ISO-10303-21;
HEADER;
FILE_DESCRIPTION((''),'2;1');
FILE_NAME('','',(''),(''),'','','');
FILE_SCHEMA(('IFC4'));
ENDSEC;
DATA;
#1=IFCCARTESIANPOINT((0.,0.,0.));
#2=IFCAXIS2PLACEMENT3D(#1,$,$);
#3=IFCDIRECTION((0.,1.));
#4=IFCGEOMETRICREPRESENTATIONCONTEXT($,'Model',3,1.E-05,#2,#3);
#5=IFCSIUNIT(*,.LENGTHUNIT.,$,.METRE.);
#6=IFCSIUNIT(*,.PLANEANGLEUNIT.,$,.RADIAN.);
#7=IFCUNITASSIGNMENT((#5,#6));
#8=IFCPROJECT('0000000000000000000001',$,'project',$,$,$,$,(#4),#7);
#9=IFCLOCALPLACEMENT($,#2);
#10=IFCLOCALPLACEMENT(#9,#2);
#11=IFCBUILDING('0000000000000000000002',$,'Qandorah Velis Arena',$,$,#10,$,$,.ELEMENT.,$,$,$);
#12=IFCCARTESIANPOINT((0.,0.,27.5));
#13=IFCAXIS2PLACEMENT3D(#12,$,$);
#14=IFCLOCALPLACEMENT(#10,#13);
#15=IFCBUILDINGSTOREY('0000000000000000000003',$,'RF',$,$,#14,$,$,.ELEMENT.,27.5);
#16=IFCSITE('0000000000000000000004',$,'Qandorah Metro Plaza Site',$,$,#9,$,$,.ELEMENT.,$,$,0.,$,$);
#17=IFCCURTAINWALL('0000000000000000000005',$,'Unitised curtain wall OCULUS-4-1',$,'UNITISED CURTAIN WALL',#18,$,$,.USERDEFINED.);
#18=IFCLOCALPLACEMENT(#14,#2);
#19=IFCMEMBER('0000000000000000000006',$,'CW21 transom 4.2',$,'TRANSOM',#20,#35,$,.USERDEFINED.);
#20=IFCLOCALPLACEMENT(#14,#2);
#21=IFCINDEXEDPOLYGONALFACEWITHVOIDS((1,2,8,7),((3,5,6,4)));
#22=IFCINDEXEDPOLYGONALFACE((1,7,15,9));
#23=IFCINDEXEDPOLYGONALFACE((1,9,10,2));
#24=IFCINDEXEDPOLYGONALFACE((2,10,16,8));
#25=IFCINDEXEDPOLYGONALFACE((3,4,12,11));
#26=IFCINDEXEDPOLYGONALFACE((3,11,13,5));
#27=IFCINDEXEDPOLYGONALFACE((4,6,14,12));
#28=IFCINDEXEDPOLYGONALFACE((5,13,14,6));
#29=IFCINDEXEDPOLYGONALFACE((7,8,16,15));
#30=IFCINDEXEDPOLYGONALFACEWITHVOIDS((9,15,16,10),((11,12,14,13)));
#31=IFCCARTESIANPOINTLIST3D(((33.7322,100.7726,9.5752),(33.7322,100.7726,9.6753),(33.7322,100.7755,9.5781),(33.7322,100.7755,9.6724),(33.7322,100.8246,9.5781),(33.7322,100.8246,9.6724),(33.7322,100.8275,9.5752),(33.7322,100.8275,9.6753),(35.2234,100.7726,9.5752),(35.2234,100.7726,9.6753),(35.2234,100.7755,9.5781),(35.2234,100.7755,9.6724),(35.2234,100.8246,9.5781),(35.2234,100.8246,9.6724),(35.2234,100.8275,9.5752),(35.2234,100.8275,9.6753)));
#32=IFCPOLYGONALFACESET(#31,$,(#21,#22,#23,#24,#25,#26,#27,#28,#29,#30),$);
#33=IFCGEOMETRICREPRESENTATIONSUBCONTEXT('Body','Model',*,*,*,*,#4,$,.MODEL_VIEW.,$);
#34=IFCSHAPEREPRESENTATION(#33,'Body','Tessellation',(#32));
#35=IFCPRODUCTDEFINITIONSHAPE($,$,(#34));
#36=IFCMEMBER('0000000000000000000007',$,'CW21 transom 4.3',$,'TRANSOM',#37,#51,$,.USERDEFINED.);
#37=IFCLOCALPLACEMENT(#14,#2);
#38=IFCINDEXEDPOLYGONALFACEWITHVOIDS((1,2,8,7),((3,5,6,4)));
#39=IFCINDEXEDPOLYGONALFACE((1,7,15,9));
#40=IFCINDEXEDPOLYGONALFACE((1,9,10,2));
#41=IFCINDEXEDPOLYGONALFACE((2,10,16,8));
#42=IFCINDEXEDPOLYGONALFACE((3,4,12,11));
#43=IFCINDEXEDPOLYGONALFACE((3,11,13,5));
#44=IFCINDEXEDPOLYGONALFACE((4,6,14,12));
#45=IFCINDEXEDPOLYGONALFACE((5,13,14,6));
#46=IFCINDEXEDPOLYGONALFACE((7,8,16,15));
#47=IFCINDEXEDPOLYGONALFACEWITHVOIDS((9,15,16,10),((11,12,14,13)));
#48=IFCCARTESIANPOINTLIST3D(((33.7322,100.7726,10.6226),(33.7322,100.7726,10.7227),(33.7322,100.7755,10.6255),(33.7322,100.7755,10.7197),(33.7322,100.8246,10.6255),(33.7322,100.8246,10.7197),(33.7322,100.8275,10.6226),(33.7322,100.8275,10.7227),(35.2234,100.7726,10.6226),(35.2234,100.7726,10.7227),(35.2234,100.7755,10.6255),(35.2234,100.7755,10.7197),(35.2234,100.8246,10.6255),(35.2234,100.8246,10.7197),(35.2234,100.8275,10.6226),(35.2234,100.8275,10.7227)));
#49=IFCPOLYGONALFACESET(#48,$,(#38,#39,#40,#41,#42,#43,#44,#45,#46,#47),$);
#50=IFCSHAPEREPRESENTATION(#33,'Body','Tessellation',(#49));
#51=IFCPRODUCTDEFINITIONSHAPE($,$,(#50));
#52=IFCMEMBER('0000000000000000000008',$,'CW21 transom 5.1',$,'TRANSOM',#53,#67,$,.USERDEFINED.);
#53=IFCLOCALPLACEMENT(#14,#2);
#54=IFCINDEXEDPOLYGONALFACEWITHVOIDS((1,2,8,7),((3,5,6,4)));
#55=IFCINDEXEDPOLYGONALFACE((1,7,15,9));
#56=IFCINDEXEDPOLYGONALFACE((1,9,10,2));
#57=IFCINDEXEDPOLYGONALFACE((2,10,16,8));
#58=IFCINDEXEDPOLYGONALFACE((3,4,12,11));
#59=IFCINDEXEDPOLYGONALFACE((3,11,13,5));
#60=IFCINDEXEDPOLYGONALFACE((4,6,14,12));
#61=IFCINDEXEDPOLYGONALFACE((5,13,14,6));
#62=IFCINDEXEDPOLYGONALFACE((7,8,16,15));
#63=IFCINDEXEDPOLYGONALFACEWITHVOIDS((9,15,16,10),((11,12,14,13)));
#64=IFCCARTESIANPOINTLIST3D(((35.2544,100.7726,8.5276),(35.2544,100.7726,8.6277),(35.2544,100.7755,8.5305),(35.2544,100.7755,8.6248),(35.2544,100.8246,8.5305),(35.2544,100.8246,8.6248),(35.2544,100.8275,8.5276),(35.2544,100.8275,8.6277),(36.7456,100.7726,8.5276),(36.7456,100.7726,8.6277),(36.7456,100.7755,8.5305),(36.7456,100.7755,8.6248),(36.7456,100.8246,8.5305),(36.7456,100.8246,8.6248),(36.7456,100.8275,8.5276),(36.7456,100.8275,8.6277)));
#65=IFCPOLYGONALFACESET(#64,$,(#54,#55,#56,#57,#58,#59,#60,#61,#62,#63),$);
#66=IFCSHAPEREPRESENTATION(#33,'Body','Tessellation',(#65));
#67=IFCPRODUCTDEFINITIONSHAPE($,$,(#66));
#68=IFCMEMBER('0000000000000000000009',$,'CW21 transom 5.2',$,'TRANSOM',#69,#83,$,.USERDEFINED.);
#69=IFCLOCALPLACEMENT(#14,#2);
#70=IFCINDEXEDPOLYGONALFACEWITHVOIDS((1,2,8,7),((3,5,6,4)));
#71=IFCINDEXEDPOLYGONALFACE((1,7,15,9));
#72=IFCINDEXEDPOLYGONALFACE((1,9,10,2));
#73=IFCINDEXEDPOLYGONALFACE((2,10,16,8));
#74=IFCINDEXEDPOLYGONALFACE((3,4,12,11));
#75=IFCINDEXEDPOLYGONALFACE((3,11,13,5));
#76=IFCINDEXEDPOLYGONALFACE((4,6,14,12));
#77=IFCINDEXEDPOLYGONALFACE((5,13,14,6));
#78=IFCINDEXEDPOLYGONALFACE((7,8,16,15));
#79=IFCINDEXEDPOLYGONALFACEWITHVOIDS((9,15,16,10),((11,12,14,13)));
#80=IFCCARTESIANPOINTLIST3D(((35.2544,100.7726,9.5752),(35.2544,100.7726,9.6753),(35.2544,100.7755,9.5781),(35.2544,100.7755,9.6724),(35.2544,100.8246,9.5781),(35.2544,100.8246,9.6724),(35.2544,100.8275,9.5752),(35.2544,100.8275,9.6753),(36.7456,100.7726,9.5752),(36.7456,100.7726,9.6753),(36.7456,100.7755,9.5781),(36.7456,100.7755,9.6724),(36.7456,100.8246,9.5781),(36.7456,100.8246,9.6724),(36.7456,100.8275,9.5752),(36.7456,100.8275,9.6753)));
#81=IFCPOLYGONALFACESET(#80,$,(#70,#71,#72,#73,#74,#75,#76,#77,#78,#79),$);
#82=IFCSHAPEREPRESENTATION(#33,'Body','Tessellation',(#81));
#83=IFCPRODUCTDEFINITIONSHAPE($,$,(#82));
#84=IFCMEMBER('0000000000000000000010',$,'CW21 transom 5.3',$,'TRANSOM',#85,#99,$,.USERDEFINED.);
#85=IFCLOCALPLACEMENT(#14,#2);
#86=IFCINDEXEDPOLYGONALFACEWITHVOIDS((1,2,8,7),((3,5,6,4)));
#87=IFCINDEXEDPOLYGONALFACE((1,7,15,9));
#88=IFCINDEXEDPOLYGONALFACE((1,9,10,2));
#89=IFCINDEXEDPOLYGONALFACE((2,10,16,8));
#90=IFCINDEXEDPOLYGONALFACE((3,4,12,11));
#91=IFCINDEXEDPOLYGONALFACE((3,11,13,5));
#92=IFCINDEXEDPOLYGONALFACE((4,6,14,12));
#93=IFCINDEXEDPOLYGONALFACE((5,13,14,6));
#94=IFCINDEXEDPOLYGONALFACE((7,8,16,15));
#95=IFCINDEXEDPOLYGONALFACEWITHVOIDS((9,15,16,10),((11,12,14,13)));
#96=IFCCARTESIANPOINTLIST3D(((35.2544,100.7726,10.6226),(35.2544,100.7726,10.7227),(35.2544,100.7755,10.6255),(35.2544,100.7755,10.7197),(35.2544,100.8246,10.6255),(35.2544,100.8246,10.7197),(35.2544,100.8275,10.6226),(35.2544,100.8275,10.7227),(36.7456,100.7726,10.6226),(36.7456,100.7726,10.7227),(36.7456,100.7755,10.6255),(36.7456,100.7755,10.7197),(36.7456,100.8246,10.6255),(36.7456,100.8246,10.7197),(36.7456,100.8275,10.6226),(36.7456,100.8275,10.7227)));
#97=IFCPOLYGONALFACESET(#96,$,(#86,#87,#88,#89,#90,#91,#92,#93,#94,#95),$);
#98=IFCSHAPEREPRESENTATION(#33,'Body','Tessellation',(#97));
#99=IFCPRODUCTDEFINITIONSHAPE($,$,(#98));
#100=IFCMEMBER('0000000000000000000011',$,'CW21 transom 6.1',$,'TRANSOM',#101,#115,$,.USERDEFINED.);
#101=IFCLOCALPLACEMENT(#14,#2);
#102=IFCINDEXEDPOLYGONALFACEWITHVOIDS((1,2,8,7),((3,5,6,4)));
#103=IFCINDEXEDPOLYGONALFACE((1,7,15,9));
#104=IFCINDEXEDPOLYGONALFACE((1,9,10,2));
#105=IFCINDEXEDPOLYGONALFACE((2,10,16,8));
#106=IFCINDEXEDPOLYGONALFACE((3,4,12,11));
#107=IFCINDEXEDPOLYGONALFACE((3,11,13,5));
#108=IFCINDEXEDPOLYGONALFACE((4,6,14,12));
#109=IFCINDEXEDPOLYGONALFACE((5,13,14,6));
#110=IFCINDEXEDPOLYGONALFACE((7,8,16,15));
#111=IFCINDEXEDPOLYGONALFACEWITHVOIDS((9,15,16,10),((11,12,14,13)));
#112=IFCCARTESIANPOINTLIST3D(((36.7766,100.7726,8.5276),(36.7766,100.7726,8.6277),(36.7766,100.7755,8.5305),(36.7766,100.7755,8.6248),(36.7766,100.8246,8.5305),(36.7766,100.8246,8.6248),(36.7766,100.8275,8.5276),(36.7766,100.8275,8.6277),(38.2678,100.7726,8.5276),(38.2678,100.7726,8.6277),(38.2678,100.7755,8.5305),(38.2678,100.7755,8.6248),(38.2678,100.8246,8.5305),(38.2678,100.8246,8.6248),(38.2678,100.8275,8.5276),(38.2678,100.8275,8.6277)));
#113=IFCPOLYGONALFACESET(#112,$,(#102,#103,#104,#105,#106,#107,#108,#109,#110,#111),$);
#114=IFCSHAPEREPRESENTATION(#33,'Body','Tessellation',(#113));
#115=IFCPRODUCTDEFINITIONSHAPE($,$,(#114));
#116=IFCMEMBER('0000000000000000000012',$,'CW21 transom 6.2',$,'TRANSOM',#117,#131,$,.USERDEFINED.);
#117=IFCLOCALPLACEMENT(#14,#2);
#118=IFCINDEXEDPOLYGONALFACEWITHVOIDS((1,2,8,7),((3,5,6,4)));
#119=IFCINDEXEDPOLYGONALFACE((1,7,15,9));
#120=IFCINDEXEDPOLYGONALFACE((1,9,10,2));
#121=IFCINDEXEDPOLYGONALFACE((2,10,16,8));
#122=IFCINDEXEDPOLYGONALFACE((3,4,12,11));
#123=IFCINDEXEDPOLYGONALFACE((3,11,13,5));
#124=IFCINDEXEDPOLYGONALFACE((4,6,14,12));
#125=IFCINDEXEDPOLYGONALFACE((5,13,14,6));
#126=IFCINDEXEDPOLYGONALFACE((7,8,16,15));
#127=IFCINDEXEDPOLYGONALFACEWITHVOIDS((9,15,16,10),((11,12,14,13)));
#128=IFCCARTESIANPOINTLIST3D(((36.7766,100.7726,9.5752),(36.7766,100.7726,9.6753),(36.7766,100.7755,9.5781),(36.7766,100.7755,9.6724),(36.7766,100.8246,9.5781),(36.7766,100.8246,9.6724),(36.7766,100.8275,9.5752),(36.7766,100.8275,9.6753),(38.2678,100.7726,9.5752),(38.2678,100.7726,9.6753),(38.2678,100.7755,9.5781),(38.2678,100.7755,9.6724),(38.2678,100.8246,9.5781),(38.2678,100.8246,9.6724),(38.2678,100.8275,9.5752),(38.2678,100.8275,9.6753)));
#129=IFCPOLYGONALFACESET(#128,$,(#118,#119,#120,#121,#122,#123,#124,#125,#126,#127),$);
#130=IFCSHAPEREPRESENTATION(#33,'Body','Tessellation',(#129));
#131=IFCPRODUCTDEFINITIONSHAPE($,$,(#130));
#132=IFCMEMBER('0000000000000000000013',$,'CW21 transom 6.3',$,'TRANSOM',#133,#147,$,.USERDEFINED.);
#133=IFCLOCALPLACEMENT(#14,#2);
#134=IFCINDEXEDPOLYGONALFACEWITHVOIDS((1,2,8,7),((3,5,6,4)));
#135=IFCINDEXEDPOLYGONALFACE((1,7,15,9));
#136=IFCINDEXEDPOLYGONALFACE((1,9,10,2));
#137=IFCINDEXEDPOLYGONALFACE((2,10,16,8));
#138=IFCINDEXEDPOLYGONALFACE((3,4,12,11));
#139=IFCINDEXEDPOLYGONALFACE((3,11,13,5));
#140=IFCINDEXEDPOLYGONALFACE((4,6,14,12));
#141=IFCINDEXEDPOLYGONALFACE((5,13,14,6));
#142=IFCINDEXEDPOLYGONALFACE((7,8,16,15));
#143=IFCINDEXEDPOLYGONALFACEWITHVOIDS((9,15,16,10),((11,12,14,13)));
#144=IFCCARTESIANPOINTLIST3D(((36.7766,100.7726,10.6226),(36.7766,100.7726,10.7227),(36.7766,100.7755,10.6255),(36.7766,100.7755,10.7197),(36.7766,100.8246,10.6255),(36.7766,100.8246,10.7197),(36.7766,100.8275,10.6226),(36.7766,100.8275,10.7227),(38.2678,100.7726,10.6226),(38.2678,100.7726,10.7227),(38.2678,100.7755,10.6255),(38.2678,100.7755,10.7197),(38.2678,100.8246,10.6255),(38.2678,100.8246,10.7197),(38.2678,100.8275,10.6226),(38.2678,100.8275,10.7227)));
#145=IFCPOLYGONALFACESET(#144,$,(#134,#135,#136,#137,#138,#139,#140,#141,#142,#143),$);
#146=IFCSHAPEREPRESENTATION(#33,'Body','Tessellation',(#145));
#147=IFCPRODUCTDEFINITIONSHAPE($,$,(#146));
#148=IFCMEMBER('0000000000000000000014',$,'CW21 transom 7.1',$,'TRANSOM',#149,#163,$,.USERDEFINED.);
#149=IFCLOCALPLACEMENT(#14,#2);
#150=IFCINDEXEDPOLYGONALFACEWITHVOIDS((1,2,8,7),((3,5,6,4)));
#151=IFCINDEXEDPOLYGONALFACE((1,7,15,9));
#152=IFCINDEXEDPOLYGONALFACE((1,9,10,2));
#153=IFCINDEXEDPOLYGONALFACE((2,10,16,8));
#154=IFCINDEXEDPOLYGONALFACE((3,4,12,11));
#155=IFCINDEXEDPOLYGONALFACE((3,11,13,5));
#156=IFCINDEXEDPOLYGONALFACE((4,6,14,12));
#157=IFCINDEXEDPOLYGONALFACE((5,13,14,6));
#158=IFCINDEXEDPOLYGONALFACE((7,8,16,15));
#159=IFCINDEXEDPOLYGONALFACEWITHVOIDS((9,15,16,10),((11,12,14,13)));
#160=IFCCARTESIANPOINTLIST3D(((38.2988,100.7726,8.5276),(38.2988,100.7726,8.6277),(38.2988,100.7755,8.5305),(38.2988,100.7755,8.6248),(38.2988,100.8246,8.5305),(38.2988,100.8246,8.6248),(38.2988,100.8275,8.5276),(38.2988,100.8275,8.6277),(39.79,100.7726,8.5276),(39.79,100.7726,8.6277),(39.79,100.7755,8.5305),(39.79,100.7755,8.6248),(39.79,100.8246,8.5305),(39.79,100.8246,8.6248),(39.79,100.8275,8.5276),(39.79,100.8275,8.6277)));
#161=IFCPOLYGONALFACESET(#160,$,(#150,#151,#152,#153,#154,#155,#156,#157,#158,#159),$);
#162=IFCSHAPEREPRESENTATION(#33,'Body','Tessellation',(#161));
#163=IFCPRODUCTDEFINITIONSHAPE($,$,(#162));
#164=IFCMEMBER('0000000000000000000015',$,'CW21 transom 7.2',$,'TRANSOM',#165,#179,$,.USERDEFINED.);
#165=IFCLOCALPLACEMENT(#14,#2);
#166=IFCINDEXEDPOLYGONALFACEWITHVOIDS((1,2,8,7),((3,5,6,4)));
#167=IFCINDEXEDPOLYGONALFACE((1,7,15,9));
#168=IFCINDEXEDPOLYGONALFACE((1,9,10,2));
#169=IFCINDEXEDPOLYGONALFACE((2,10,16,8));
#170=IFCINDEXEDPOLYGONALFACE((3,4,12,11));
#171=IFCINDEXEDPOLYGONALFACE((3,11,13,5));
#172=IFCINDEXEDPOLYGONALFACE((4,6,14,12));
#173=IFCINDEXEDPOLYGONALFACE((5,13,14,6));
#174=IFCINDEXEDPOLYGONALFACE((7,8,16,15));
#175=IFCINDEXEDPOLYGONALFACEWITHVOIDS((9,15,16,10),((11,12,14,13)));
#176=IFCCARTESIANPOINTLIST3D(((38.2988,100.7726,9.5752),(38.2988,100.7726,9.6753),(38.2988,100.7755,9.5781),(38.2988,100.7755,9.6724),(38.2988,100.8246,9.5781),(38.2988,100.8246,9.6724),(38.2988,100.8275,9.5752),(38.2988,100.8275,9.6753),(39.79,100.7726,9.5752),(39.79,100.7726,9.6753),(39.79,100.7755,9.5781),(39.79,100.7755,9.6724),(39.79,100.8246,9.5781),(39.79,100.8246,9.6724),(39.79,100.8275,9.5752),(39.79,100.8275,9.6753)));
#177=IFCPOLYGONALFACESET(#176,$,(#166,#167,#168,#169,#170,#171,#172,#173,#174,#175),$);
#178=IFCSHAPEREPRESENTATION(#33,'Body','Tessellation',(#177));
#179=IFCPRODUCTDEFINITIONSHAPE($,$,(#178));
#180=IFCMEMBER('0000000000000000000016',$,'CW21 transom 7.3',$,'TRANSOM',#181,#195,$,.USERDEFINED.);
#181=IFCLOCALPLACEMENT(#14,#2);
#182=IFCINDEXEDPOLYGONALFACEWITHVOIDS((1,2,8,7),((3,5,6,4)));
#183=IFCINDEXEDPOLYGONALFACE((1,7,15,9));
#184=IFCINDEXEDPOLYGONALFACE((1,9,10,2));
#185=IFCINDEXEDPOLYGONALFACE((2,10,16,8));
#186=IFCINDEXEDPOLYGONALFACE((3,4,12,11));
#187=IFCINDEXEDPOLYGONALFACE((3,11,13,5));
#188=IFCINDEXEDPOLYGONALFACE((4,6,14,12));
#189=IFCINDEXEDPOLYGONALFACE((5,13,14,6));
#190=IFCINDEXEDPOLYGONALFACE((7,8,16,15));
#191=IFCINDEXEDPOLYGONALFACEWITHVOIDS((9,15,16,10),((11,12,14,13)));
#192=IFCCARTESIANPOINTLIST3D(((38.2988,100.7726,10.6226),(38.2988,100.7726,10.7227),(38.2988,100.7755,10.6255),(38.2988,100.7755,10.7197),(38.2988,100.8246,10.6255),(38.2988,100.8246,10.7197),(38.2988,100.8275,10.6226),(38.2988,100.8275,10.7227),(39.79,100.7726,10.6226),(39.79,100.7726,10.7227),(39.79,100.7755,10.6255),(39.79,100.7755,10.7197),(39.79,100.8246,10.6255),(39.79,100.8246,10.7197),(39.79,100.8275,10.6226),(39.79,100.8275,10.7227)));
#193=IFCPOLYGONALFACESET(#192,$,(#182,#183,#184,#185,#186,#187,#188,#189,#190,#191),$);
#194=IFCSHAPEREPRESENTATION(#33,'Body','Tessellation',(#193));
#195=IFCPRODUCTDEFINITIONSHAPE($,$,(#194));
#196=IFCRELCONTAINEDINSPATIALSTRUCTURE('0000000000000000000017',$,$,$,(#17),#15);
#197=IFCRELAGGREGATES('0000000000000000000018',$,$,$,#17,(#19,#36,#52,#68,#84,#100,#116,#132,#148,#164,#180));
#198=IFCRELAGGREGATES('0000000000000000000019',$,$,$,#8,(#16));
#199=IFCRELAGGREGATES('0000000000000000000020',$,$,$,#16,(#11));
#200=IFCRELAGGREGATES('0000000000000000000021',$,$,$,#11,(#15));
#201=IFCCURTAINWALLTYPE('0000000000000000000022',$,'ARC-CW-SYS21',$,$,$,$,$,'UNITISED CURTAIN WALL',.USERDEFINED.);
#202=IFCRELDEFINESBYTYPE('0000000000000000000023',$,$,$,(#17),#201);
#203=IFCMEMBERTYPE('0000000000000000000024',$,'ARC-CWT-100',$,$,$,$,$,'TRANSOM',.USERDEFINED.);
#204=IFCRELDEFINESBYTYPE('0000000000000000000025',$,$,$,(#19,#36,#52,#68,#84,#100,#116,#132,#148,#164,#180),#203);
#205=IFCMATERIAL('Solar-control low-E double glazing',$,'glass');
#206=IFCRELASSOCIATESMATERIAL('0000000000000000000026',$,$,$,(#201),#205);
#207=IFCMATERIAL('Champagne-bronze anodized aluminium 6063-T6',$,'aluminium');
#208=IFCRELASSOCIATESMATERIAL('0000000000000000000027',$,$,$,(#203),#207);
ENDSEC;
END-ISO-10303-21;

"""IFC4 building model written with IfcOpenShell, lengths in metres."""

from ifc_helpers import new_model, si_unit, direction, frame, origin, origin_2d, place, context, subcontext, project, spatial, hollow_rectangle, extrude, material, material_profile, profile_set, type_object, element, aggregate, save


model = new_model("IFC4")

# Units and contexts
model_context = context("Model", 3, precision=1e-05, world=origin(), true_north=direction((0.0, 1.0)))
body_context = subcontext(model_context, "Body", "Model", "MODEL_VIEW")
ifc_project = project(units=[si_unit("LENGTHUNIT", "METRE"), si_unit("PLANEANGLEUNIT", "RADIAN")], contexts=[model_context])

# Site, building, storey
site_placement = place(None, origin())
site = spatial("IfcSite", under=ifc_project, at=site_placement, Name="Qandorah Metro Plaza Site", CompositionType="ELEMENT", RefElevation=0.0)
building_placement = place(site_placement, origin())
building = spatial("IfcBuilding", under=site, at=building_placement, Name="Qandorah Velis Arena", CompositionType="ELEMENT")
storey_placement = place(building_placement, frame((0.0, 0.0, 27.5)))
storey = spatial("IfcBuildingStorey", under=building, at=storey_placement, Name="RF", CompositionType="ELEMENT", Elevation=27.5)

# Curtain wall, members
ifc_material_1 = material(Name="Solar-control low-E double glazing", Category="glass")
curtain_wall_type = type_object("IfcCurtainWallType", Name="ARC-CW-SYS21", ElementType="UNITISED CURTAIN WALL", PredefinedType="USERDEFINED", material=ifc_material_1)
curtain_wall_placement = place(storey_placement, origin())
curtain_wall = element("IfcCurtainWall", 1, at=curtain_wall_placement, inside=storey, type_object=curtain_wall_type, Name="Unitised curtain wall OCULUS-4-1", ObjectType="UNITISED CURTAIN WALL", PredefinedType="USERDEFINED")
ifc_material_2 = material(Name="Champagne-bronze anodized aluminium 6063-T6", Category="aluminium")
ifc_material_profile_1 = material_profile(ifc_material_2, hollow_rectangle(XDim=0.0549, YDim=0.1001, WallThickness=0.0029, at=origin_2d()), Name="ALU TRANSOM 55x100")
ifc_profile_set_1 = profile_set([ifc_material_profile_1], Name="Champagne-bronze anodized aluminium 6063-T6")
member_type_1 = type_object("IfcMemberType", Name="ARC-CWT-100", ElementType="TRANSOM", PredefinedType="USERDEFINED", material=ifc_profile_set_1)
member_1_placement = place(storey_placement, frame((33.7322, 100.8, 9.6252), z_axis=(1.0, 0.0, 0.0), x_axis=(0.0, 1.0, 0.0)))
member_1 = element("IfcMember", 2, at=member_1_placement, type_object=member_type_1, Name="CW21 transom 4.2", ObjectType="TRANSOM", PredefinedType="USERDEFINED", context=body_context, shape_type="SweptSolid", body=[
    extrude(hollow_rectangle(XDim=0.0549, YDim=0.1001, WallThickness=0.0029, at=origin_2d()), origin(), (0.0, 0.0, 1.0), 1.4912),
])
member_2_placement = place(storey_placement, frame((33.7322, 100.8, 10.6726), z_axis=(1.0, 0.0, 0.0), x_axis=(0.0, 1.0, 0.0)))
member_2 = element("IfcMember", 3, at=member_2_placement, type_object=member_type_1, Name="CW21 transom 4.3", ObjectType="TRANSOM", PredefinedType="USERDEFINED", context=body_context, shape_type="SweptSolid", body=[
    extrude(hollow_rectangle(XDim=0.0549, YDim=0.1001, WallThickness=0.0029, at=origin_2d()), origin(), (0.0, 0.0, 1.0), 1.4912),
])
member_3_placement = place(storey_placement, frame((35.2544, 100.8, 8.5776), z_axis=(1.0, 0.0, 0.0), x_axis=(0.0, 1.0, 0.0)))
member_3 = element("IfcMember", 4, at=member_3_placement, type_object=member_type_1, Name="CW21 transom 5.1", ObjectType="TRANSOM", PredefinedType="USERDEFINED", context=body_context, shape_type="SweptSolid", body=[
    extrude(hollow_rectangle(XDim=0.0549, YDim=0.1001, WallThickness=0.0029, at=origin_2d()), origin(), (0.0, 0.0, 1.0), 1.4912),
])
member_4_placement = place(storey_placement, frame((35.2544, 100.8, 9.6252), z_axis=(1.0, 0.0, 0.0), x_axis=(0.0, 1.0, 0.0)))
member_4 = element("IfcMember", 5, at=member_4_placement, type_object=member_type_1, Name="CW21 transom 5.2", ObjectType="TRANSOM", PredefinedType="USERDEFINED", context=body_context, shape_type="SweptSolid", body=[
    extrude(hollow_rectangle(XDim=0.0549, YDim=0.1001, WallThickness=0.0029, at=origin_2d()), origin(), (0.0, 0.0, 1.0), 1.4912),
])
member_5_placement = place(storey_placement, frame((35.2544, 100.8, 10.6726), z_axis=(1.0, 0.0, 0.0), x_axis=(0.0, 1.0, 0.0)))
member_5 = element("IfcMember", 6, at=member_5_placement, type_object=member_type_1, Name="CW21 transom 5.3", ObjectType="TRANSOM", PredefinedType="USERDEFINED", context=body_context, shape_type="SweptSolid", body=[
    extrude(hollow_rectangle(XDim=0.0549, YDim=0.1001, WallThickness=0.0029, at=origin_2d()), origin(), (0.0, 0.0, 1.0), 1.4912),
])
member_6_placement = place(storey_placement, frame((36.7766, 100.8, 8.5776), z_axis=(1.0, 0.0, 0.0), x_axis=(0.0, 1.0, 0.0)))
member_6 = element("IfcMember", 7, at=member_6_placement, type_object=member_type_1, Name="CW21 transom 6.1", ObjectType="TRANSOM", PredefinedType="USERDEFINED", context=body_context, shape_type="SweptSolid", body=[
    extrude(hollow_rectangle(XDim=0.0549, YDim=0.1001, WallThickness=0.0029, at=origin_2d()), origin(), (0.0, 0.0, 1.0), 1.4912),
])
member_7_placement = place(storey_placement, frame((36.7766, 100.8, 9.6252), z_axis=(1.0, 0.0, 0.0), x_axis=(0.0, 1.0, 0.0)))
member_7 = element("IfcMember", 8, at=member_7_placement, type_object=member_type_1, Name="CW21 transom 6.2", ObjectType="TRANSOM", PredefinedType="USERDEFINED", context=body_context, shape_type="SweptSolid", body=[
    extrude(hollow_rectangle(XDim=0.0549, YDim=0.1001, WallThickness=0.0029, at=origin_2d()), origin(), (0.0, 0.0, 1.0), 1.4912),
])
member_8_placement = place(storey_placement, frame((36.7766, 100.8, 10.6726), z_axis=(1.0, 0.0, 0.0), x_axis=(0.0, 1.0, 0.0)))
member_8 = element("IfcMember", 9, at=member_8_placement, type_object=member_type_1, Name="CW21 transom 6.3", ObjectType="TRANSOM", PredefinedType="USERDEFINED", context=body_context, shape_type="SweptSolid", body=[
    extrude(hollow_rectangle(XDim=0.0549, YDim=0.1001, WallThickness=0.0029, at=origin_2d()), origin(), (0.0, 0.0, 1.0), 1.4912),
])
member_9_placement = place(storey_placement, frame((38.2988, 100.8, 8.5776), z_axis=(1.0, 0.0, 0.0), x_axis=(0.0, 1.0, 0.0)))
member_9 = element("IfcMember", 10, at=member_9_placement, type_object=member_type_1, Name="CW21 transom 7.1", ObjectType="TRANSOM", PredefinedType="USERDEFINED", context=body_context, shape_type="SweptSolid", body=[
    extrude(hollow_rectangle(XDim=0.0549, YDim=0.1001, WallThickness=0.0029, at=origin_2d()), origin(), (0.0, 0.0, 1.0), 1.4912),
])
member_10_placement = place(storey_placement, frame((38.2988, 100.8, 9.6252), z_axis=(1.0, 0.0, 0.0), x_axis=(0.0, 1.0, 0.0)))
member_10 = element("IfcMember", 11, at=member_10_placement, type_object=member_type_1, Name="CW21 transom 7.2", ObjectType="TRANSOM", PredefinedType="USERDEFINED", context=body_context, shape_type="SweptSolid", body=[
    extrude(hollow_rectangle(XDim=0.0549, YDim=0.1001, WallThickness=0.0029, at=origin_2d()), origin(), (0.0, 0.0, 1.0), 1.4912),
])
member_11_placement = place(storey_placement, frame((38.2988, 100.8, 10.6726), z_axis=(1.0, 0.0, 0.0), x_axis=(0.0, 1.0, 0.0)))
member_11 = element("IfcMember", 12, at=member_11_placement, type_object=member_type_1, Name="CW21 transom 7.3", ObjectType="TRANSOM", PredefinedType="USERDEFINED", context=body_context, shape_type="SweptSolid", body=[
    extrude(hollow_rectangle(XDim=0.0549, YDim=0.1001, WallThickness=0.0029, at=origin_2d()), origin(), (0.0, 0.0, 1.0), 1.4912),
])

aggregate(curtain_wall, [member_1, member_2, member_3, member_4, member_5, member_6, member_7, member_8, member_9, member_10, member_11])

save(model, "model.ifc")
